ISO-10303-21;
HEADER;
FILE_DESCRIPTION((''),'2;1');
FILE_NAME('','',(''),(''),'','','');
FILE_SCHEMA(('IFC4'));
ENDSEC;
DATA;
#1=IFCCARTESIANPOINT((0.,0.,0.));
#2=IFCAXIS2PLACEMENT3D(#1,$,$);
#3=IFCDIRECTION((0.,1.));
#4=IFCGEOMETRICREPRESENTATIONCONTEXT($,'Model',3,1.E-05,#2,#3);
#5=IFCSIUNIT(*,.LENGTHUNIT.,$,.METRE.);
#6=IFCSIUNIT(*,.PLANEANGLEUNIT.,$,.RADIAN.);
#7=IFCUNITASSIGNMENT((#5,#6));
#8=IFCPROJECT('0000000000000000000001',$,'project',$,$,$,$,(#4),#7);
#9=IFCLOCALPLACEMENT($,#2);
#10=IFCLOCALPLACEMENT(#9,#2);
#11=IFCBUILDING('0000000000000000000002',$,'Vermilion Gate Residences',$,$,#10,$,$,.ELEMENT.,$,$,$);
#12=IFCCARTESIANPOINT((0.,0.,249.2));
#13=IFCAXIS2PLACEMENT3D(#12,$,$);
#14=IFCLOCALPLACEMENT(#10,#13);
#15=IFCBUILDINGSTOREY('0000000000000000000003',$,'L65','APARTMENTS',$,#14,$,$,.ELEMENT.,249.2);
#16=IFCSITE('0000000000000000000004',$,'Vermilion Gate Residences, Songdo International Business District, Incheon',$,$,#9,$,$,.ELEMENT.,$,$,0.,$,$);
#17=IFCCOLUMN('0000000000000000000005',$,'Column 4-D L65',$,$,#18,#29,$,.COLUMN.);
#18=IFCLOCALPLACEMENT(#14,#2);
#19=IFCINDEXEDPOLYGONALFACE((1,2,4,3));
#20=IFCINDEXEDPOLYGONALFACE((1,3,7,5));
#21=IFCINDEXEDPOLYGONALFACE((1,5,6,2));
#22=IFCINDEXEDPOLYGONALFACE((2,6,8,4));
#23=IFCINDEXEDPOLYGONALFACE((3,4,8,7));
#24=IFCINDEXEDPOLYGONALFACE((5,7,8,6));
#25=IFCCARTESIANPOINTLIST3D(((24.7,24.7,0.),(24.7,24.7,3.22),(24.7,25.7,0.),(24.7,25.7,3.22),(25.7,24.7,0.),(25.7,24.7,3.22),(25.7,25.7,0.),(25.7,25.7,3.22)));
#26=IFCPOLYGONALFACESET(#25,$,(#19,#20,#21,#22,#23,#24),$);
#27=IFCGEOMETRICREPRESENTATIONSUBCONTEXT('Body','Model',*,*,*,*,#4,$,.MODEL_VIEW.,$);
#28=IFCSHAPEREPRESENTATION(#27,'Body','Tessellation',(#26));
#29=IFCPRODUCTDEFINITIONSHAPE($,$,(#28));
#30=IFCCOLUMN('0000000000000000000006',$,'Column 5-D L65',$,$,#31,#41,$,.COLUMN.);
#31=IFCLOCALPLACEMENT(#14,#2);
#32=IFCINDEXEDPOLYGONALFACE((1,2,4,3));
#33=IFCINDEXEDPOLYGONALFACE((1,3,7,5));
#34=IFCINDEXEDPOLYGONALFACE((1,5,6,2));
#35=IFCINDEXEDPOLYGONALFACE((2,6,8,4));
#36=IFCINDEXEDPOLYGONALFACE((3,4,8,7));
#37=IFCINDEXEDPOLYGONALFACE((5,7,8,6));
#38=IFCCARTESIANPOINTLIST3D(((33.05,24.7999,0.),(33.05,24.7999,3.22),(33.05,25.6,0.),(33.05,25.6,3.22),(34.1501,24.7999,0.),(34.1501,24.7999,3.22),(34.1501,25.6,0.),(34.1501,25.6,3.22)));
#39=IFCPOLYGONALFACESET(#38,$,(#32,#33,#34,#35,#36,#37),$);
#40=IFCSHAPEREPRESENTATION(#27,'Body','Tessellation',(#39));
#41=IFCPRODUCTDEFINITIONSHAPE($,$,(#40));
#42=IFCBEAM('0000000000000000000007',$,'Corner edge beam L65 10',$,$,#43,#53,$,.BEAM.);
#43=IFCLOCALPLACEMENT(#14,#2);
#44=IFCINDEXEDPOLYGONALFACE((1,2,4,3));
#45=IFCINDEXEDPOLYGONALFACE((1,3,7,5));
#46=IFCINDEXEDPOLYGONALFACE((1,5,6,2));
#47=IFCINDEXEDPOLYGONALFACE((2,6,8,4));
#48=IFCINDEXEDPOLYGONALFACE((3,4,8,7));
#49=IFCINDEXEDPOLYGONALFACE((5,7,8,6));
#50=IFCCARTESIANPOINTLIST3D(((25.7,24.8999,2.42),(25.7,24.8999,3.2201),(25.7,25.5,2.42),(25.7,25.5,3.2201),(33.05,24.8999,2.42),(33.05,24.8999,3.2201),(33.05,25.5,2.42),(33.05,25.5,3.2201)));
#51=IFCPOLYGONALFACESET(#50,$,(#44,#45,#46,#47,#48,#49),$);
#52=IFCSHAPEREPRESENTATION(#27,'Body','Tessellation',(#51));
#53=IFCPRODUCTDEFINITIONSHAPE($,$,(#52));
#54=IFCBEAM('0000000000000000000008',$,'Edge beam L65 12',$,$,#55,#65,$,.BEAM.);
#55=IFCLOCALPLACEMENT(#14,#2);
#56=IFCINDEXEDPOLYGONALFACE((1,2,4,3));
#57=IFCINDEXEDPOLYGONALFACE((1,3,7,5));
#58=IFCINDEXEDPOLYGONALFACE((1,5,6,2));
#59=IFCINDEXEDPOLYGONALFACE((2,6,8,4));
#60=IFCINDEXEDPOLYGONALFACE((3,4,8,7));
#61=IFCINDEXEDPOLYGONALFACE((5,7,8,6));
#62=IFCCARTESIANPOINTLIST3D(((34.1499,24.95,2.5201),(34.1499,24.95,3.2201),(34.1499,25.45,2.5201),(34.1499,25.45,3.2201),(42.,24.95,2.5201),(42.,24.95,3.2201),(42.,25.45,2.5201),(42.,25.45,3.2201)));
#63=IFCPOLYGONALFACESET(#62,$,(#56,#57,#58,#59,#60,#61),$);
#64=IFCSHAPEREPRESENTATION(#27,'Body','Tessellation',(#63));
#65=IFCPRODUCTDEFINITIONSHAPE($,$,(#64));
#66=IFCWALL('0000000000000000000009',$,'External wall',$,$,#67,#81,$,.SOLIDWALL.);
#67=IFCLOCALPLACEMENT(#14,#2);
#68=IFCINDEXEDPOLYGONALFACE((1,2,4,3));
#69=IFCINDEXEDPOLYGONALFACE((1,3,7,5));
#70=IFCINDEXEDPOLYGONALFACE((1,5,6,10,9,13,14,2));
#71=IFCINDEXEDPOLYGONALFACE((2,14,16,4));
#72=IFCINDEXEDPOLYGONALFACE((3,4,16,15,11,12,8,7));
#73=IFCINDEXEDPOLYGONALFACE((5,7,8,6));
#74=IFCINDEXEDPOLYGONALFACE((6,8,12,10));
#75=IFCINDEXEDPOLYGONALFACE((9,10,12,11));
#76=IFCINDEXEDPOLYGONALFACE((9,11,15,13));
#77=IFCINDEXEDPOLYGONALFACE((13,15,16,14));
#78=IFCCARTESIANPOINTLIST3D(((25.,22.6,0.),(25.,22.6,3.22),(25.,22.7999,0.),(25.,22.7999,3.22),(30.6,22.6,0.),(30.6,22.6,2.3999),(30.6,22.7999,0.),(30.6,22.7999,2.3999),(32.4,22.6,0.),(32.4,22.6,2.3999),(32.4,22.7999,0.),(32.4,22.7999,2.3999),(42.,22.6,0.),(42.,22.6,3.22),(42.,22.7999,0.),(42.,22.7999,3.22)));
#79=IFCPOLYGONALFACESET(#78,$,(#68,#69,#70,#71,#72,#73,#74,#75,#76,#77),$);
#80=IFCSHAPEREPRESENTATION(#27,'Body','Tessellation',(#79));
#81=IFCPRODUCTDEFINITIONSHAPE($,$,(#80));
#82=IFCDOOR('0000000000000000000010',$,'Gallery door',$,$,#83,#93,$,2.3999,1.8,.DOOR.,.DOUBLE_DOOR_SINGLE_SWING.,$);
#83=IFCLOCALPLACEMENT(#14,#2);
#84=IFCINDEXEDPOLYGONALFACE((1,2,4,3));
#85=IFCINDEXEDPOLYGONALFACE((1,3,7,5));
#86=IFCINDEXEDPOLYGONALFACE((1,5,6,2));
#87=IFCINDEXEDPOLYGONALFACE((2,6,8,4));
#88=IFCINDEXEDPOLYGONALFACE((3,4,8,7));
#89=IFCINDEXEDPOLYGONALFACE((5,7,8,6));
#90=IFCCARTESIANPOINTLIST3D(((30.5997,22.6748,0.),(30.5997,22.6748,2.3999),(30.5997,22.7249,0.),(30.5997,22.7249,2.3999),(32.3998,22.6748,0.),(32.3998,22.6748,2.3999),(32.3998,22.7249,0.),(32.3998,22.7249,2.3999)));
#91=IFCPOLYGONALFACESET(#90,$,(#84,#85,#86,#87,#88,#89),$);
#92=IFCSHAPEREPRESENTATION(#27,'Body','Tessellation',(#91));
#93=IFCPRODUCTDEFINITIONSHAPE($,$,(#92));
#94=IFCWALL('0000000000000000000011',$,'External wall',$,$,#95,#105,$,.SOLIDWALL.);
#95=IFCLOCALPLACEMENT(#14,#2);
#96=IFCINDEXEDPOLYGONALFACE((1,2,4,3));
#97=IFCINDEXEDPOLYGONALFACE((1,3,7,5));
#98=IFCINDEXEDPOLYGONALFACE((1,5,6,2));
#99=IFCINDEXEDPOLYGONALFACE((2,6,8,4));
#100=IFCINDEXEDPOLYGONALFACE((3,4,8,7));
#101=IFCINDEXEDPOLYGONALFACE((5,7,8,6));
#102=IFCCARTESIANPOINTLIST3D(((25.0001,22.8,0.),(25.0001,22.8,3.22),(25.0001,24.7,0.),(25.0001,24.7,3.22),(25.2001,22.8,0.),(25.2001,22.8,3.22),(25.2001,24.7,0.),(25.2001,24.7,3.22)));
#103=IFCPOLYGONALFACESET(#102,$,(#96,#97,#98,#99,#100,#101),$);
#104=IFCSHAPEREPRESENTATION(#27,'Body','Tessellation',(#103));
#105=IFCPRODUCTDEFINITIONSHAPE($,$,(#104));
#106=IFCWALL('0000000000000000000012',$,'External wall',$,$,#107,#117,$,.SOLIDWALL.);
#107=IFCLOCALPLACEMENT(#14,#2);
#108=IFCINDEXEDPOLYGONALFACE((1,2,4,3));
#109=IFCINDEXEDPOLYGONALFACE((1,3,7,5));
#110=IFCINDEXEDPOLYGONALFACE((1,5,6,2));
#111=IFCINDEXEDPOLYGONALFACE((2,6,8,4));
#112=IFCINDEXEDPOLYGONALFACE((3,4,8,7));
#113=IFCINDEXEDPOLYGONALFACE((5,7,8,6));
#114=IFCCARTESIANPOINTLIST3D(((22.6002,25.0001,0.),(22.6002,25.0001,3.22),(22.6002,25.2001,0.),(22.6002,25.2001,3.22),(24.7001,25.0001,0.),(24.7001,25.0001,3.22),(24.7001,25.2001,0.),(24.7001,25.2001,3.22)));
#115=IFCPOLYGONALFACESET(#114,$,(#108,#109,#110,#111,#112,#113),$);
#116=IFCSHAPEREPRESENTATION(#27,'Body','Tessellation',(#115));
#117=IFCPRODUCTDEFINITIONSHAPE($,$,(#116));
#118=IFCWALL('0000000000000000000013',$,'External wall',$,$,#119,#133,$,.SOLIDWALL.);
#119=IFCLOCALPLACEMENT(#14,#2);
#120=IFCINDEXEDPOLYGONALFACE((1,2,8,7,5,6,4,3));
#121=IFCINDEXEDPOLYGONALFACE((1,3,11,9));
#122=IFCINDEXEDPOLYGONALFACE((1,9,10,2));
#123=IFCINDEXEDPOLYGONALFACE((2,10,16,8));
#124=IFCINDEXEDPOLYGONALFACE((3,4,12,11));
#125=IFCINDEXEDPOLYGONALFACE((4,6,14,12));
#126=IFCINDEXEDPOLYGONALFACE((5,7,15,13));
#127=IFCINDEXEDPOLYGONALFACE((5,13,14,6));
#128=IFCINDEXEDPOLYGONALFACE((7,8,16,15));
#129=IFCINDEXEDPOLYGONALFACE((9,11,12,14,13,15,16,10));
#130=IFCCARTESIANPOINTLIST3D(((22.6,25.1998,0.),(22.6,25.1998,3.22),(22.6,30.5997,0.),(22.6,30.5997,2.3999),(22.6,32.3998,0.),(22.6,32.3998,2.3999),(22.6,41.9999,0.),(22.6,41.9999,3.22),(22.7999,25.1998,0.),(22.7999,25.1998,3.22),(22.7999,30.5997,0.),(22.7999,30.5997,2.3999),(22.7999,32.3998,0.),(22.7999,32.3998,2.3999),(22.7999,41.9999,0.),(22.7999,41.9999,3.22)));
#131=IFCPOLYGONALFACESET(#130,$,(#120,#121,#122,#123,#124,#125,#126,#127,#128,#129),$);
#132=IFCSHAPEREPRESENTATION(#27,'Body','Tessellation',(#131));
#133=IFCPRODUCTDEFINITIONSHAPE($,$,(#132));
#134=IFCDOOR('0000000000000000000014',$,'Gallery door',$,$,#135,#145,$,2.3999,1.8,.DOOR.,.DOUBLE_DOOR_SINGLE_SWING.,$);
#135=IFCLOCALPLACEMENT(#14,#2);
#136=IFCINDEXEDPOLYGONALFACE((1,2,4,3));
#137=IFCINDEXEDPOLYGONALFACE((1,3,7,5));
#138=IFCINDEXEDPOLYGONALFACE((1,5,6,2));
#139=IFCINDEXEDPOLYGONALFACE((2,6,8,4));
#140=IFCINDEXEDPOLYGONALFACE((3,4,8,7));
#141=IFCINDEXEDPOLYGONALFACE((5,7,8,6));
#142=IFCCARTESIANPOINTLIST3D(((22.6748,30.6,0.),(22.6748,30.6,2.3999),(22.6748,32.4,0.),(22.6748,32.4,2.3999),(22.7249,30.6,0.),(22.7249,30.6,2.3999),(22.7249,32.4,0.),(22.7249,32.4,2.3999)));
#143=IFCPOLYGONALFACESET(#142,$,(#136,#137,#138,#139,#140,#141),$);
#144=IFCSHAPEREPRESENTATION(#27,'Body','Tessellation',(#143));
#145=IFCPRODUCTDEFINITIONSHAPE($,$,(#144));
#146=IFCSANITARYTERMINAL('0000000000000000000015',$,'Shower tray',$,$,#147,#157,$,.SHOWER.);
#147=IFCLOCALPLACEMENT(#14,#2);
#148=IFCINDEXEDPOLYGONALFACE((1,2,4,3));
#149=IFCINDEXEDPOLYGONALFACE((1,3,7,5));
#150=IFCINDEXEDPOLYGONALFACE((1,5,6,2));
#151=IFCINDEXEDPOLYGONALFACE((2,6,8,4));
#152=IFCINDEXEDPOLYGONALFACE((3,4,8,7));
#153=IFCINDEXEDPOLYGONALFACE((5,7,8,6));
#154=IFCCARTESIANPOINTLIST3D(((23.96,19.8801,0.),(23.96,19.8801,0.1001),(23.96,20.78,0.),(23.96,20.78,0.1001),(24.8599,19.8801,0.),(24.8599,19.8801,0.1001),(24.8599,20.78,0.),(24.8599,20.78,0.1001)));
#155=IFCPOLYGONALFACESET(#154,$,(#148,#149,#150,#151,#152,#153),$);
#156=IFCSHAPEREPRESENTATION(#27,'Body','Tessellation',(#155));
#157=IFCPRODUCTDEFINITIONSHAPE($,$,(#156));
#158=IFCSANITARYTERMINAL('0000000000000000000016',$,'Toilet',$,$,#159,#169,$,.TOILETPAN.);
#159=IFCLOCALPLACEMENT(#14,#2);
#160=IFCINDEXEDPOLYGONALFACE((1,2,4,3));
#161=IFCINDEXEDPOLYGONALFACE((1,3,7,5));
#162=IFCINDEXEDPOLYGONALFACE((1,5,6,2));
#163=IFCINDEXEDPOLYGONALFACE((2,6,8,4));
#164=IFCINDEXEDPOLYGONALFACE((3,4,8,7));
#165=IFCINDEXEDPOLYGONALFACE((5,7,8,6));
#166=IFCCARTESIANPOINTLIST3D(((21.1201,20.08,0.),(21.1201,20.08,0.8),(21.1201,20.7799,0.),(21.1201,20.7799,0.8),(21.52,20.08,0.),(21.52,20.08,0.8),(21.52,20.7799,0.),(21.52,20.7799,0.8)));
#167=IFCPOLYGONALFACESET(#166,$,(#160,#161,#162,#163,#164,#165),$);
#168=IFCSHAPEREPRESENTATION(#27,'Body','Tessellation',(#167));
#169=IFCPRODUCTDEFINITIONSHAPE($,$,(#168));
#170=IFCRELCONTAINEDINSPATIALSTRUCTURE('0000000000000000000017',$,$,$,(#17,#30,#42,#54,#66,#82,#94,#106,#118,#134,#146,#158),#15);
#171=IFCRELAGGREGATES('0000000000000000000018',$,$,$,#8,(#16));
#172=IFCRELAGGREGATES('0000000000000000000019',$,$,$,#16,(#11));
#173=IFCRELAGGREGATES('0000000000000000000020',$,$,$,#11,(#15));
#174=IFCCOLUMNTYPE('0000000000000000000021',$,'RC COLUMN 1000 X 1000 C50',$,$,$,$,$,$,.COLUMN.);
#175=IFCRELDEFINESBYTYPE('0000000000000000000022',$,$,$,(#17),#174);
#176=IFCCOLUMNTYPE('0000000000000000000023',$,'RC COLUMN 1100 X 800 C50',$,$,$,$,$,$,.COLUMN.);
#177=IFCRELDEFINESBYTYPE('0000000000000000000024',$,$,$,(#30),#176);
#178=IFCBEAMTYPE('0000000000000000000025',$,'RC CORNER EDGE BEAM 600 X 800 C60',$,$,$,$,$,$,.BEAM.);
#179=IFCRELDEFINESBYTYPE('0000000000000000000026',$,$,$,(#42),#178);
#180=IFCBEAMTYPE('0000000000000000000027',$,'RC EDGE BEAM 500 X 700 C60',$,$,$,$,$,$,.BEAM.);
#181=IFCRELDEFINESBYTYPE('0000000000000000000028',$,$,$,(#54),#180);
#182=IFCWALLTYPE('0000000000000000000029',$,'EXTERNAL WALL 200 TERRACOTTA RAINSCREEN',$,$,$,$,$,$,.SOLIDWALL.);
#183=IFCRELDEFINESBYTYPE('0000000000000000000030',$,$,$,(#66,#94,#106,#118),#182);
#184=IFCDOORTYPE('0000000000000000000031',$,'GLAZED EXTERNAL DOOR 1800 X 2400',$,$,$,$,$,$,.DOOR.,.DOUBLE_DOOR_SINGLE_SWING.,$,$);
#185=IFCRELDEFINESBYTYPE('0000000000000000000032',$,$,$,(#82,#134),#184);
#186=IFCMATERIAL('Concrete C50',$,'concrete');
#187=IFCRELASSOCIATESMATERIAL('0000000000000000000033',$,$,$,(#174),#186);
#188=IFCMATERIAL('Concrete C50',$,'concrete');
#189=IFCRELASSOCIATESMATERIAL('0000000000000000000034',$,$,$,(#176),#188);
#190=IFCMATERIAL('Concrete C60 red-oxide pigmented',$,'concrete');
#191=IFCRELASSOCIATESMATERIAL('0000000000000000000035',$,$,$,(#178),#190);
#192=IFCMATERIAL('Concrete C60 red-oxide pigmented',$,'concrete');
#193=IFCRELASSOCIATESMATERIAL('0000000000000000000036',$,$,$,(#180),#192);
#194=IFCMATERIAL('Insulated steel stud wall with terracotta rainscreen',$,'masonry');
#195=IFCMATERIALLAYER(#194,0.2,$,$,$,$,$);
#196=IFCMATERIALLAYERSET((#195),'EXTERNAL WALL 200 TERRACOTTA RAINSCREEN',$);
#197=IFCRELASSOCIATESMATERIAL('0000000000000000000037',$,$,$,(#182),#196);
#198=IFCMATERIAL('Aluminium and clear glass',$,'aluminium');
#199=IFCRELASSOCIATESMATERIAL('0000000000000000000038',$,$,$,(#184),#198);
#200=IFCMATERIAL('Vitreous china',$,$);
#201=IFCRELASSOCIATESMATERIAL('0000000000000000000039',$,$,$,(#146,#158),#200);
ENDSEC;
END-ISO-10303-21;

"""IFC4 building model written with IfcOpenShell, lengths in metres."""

from ifc_helpers import new_model, si_unit, direction, frame, frame_2d, origin, origin_2d, place, context, subcontext, project, spatial, rectangle, extrude, material, layer, layer_set, material_profile, profile_set, type_object, element, fill, save


model = new_model("IFC4")

# Units and contexts
model_context = context("Model", 3, precision=1e-05, world=origin(), true_north=direction((0.0, 1.0)))
body_context = subcontext(model_context, "Body", "Model", "MODEL_VIEW")
ifc_project = project(units=[si_unit("LENGTHUNIT", "METRE"), si_unit("PLANEANGLEUNIT", "RADIAN")], contexts=[model_context])

# Site, building, storey
site_placement = place(None, origin())
site = spatial("IfcSite", under=ifc_project, at=site_placement, Name="Vermilion Gate Residences, Songdo International Business District, Incheon", CompositionType="ELEMENT", RefElevation=0.0)
building_placement = place(site_placement, origin())
building = spatial("IfcBuilding", under=site, at=building_placement, Name="Vermilion Gate Residences", CompositionType="ELEMENT")
storey_placement = place(building_placement, frame((0.0, 0.0, 249.2)))
storey = spatial("IfcBuildingStorey", under=building, at=storey_placement, Name="L65", Description="APARTMENTS", CompositionType="ELEMENT", Elevation=249.2)

# Columns
ifc_material_1 = material(Name="Concrete C50", Category="concrete")
ifc_material_profile_1 = material_profile(ifc_material_1, rectangle(XDim=1.0, YDim=1.0, at=origin_2d()), Name="RC-1000x1000")
ifc_profile_set_1 = profile_set([ifc_material_profile_1], Name="Concrete C50")
column_type_1 = type_object("IfcColumnType", Name="RC COLUMN 1000 X 1000 C50", PredefinedType="COLUMN", material=ifc_profile_set_1)
column_1_placement = place(storey_placement, frame((25.2, 25.2, 0.0), z_axis=(0.0, 0.0, 1.0), x_axis=(1.0, 0.0, 0.0)))
element("IfcColumn", 1, at=column_1_placement, inside=storey, type_object=column_type_1, Name="Column 4-D L65", PredefinedType="COLUMN", context=body_context, shape_type="SweptSolid", body=[
    extrude(rectangle(XDim=1.0, YDim=1.0, at=origin_2d()), origin(), (0.0, 0.0, 1.0), 3.22),
])
ifc_material_2 = material(Name="Concrete C50", Category="concrete")
ifc_material_profile_2 = material_profile(ifc_material_2, rectangle(XDim=1.1001, YDim=0.8, at=origin_2d()), Name="RC-1100x800")
ifc_profile_set_2 = profile_set([ifc_material_profile_2], Name="Concrete C50")
column_type_2 = type_object("IfcColumnType", Name="RC COLUMN 1100 X 800 C50", PredefinedType="COLUMN", material=ifc_profile_set_2)
column_2_placement = place(storey_placement, frame((33.6001, 25.2, 0.0), z_axis=(0.0, 0.0, 1.0), x_axis=(1.0, 0.0, 0.0)))
element("IfcColumn", 2, at=column_2_placement, inside=storey, type_object=column_type_2, Name="Column 5-D L65", PredefinedType="COLUMN", context=body_context, shape_type="SweptSolid", body=[
    extrude(rectangle(XDim=1.1001, YDim=0.8, at=origin_2d()), origin(), (0.0, 0.0, 1.0), 3.22),
])

# Beams
ifc_material_3 = material(Name="Concrete C60 red-oxide pigmented", Category="concrete")
ifc_material_profile_3 = material_profile(ifc_material_3, rectangle(XDim=0.6001, YDim=0.8, at=origin_2d()), Name="RC-600x800")
ifc_profile_set_3 = profile_set([ifc_material_profile_3], Name="Concrete C60 red-oxide pigmented")
beam_type_1 = type_object("IfcBeamType", Name="RC CORNER EDGE BEAM 600 X 800 C60", PredefinedType="BEAM", material=ifc_profile_set_3)
beam_1_placement = place(storey_placement, frame((25.7, 25.2, 2.8201), z_axis=(1.0, 0.0, 0.0), x_axis=(0.0, 1.0, 0.0)))
element("IfcBeam", 3, at=beam_1_placement, inside=storey, type_object=beam_type_1, Name="Corner edge beam L65 10", PredefinedType="BEAM", context=body_context, shape_type="SweptSolid", body=[
    extrude(rectangle(XDim=0.6001, YDim=0.8, at=origin_2d()), origin(), (0.0, 0.0, 1.0), 7.3501),
])
ifc_material_4 = material(Name="Concrete C60 red-oxide pigmented", Category="concrete")
ifc_material_profile_4 = material_profile(ifc_material_4, rectangle(XDim=0.5, YDim=0.7, at=origin_2d()), Name="RC-500x700")
ifc_profile_set_4 = profile_set([ifc_material_profile_4], Name="Concrete C60 red-oxide pigmented")
beam_type_2 = type_object("IfcBeamType", Name="RC EDGE BEAM 500 X 700 C60", PredefinedType="BEAM", material=ifc_profile_set_4)
beam_2_placement = place(storey_placement, frame((34.1499, 25.2, 2.8701), z_axis=(1.0, 0.0, 0.0), x_axis=(0.0, 1.0, 0.0)))
element("IfcBeam", 4, at=beam_2_placement, inside=storey, type_object=beam_type_2, Name="Edge beam L65 12", PredefinedType="BEAM", context=body_context, shape_type="SweptSolid", body=[
    extrude(rectangle(XDim=0.5, YDim=0.7, at=origin_2d()), origin(), (0.0, 0.0, 1.0), 7.8501),
])

# Wall, opening, door
ifc_material_5 = material(Name="Insulated steel stud wall with terracotta rainscreen", Category="masonry")
ifc_layer = layer(ifc_material_5, 0.2)
ifc_layer_set = layer_set([ifc_layer], Name="EXTERNAL WALL 200 TERRACOTTA RAINSCREEN")
wall_type = type_object("IfcWallType", Name="EXTERNAL WALL 200 TERRACOTTA RAINSCREEN", PredefinedType="SOLIDWALL", material=ifc_layer_set)
wall_1_placement = place(storey_placement, frame((42.0, 22.7, 0.0), z_axis=(0.0, 0.0, 1.0), x_axis=(-1.0, 0.0, 0.0)))
wall_1 = element("IfcWall", 5, at=wall_1_placement, inside=storey, type_object=wall_type, Name="External wall", PredefinedType="SOLIDWALL", context=body_context, shape_type="SweptSolid", body=[
    extrude(rectangle(XDim=17.0, YDim=0.2, at=frame_2d((8.5, 0.0))), origin(), (0.0, 0.0, 1.0), 3.22),
])
opening_1_placement = place(wall_1_placement, frame((9.6001, 0.0, 0.0)))
opening_1 = element("IfcOpeningElement", 6, at=opening_1_placement, cuts=wall_1, PredefinedType="OPENING", context=body_context, shape_type="SweptSolid", body=[
    extrude(rectangle(XDim=1.8, YDim=2.3999, at=frame_2d((0.8999, 1.2))), frame((0.0, 0.1099, 0.0), z_axis=(0.0, -1.0, 0.0), x_axis=(1.0, 0.0, 0.0)), (0.0, 0.0, 1.0), 0.22),
])
ifc_material_6 = material(Name="Aluminium and clear glass", Category="aluminium")
door_type = type_object("IfcDoorType", Name="GLAZED EXTERNAL DOOR 1800 X 2400", OperationType="DOUBLE_DOOR_SINGLE_SWING", PredefinedType="DOOR", material=ifc_material_6)
door_1_placement = place(opening_1_placement, frame((1.8, 0.0, 0.0), z_axis=(0.0, 0.0, 1.0), x_axis=(-1.0, 0.0, 0.0)))
door_1 = element("IfcDoor", 7, at=door_1_placement, inside=storey, type_object=door_type, Name="Gallery door", OperationType="DOUBLE_DOOR_SINGLE_SWING", OverallHeight=2.3999, OverallWidth=1.8, PredefinedType="DOOR", context=body_context, shape_type="SweptSolid", body=[
    extrude(rectangle(XDim=1.8, YDim=2.3999, at=frame_2d((0.8999, 1.2))), frame((0.0, 0.0249, 0.0), z_axis=(0.0, -1.0, 0.0), x_axis=(1.0, 0.0, 0.0)), (0.0, 0.0, 1.0), 0.05),
])
fill(opening_1, door_1)

# Walls
wall_2_placement = place(storey_placement, frame((25.1001, 22.8, 0.0), z_axis=(0.0, 0.0, 1.0), x_axis=(0.0, 1.0, 0.0)))
element("IfcWall", 8, at=wall_2_placement, inside=storey, type_object=wall_type, Name="External wall", PredefinedType="SOLIDWALL", context=body_context, shape_type="SweptSolid", body=[
    extrude(rectangle(XDim=1.8999, YDim=0.2, at=frame_2d((0.95, 0.0))), origin(), (0.0, 0.0, 1.0), 3.22),
])
wall_3_placement = place(storey_placement, frame((24.7, 25.1001, 0.0), z_axis=(0.0, 0.0, 1.0), x_axis=(-1.0, 0.0, 0.0)))
element("IfcWall", 9, at=wall_3_placement, inside=storey, type_object=wall_type, Name="External wall", PredefinedType="SOLIDWALL", context=body_context, shape_type="SweptSolid", body=[
    extrude(rectangle(XDim=2.0999, YDim=0.2, at=frame_2d((1.0498, 0.0))), origin(), (0.0, 0.0, 1.0), 3.22),
])

# Wall, opening, door
wall_4_placement = place(storey_placement, frame((22.7, 25.2, 0.0), z_axis=(0.0, 0.0, 1.0), x_axis=(0.0, 1.0, 0.0)))
wall_4 = element("IfcWall", 10, at=wall_4_placement, inside=storey, type_object=wall_type, Name="External wall", PredefinedType="SOLIDWALL", context=body_context, shape_type="SweptSolid", body=[
    extrude(rectangle(XDim=16.8, YDim=0.2, at=frame_2d((8.3999, 0.0))), origin(), (0.0, 0.0, 1.0), 3.22),
])
opening_2_placement = place(wall_4_placement, frame((5.3999, 0.0, 0.0)))
opening_2 = element("IfcOpeningElement", 11, at=opening_2_placement, cuts=wall_4, PredefinedType="OPENING", context=body_context, shape_type="SweptSolid", body=[
    extrude(rectangle(XDim=1.8, YDim=2.3999, at=frame_2d((0.8999, 1.2))), frame((0.0, 0.1099, 0.0), z_axis=(0.0, -1.0, 0.0), x_axis=(1.0, 0.0, 0.0)), (0.0, 0.0, 1.0), 0.22),
])
door_2_placement = place(opening_2_placement, frame((1.8, 0.0, 0.0), z_axis=(0.0, 0.0, 1.0), x_axis=(-1.0, 0.0, 0.0)))
door_2 = element("IfcDoor", 12, at=door_2_placement, inside=storey, type_object=door_type, Name="Gallery door", OperationType="DOUBLE_DOOR_SINGLE_SWING", OverallHeight=2.3999, OverallWidth=1.8, PredefinedType="DOOR", context=body_context, shape_type="SweptSolid", body=[
    extrude(rectangle(XDim=1.8, YDim=2.3999, at=frame_2d((0.8999, 1.2))), frame((0.0, 0.0249, 0.0), z_axis=(0.0, -1.0, 0.0), x_axis=(1.0, 0.0, 0.0)), (0.0, 0.0, 1.0), 0.05),
])
fill(opening_2, door_2)

# Sanitary terminals
ifc_material_7 = material(Name="Vitreous china")
sanitary_terminal_1_placement = place(storey_placement, frame((24.4099, 20.3301, 0.0), z_axis=(0.0, 0.0, 1.0), x_axis=(1.0, 0.0, 0.0)))
element("IfcSanitaryTerminal", 13, at=sanitary_terminal_1_placement, inside=storey, material=ifc_material_7, Name="Shower tray", PredefinedType="SHOWER", context=body_context, shape_type="SweptSolid", body=[
    extrude(rectangle(XDim=0.8999, YDim=0.8999, at=origin_2d()), origin(), (0.0, 0.0, 1.0), 0.1001),
])
sanitary_terminal_2_placement = place(storey_placement, frame((21.3201, 20.4299, 0.0), z_axis=(0.0, 0.0, 1.0), x_axis=(1.0, 0.0, 0.0)))
element("IfcSanitaryTerminal", 14, at=sanitary_terminal_2_placement, inside=storey, material=ifc_material_7, Name="Toilet", PredefinedType="TOILETPAN", context=body_context, shape_type="SweptSolid", body=[
    extrude(rectangle(XDim=0.3999, YDim=0.7, at=origin_2d()), origin(), (0.0, 0.0, 1.0), 0.8),
])

save(model, "model.ifc")
